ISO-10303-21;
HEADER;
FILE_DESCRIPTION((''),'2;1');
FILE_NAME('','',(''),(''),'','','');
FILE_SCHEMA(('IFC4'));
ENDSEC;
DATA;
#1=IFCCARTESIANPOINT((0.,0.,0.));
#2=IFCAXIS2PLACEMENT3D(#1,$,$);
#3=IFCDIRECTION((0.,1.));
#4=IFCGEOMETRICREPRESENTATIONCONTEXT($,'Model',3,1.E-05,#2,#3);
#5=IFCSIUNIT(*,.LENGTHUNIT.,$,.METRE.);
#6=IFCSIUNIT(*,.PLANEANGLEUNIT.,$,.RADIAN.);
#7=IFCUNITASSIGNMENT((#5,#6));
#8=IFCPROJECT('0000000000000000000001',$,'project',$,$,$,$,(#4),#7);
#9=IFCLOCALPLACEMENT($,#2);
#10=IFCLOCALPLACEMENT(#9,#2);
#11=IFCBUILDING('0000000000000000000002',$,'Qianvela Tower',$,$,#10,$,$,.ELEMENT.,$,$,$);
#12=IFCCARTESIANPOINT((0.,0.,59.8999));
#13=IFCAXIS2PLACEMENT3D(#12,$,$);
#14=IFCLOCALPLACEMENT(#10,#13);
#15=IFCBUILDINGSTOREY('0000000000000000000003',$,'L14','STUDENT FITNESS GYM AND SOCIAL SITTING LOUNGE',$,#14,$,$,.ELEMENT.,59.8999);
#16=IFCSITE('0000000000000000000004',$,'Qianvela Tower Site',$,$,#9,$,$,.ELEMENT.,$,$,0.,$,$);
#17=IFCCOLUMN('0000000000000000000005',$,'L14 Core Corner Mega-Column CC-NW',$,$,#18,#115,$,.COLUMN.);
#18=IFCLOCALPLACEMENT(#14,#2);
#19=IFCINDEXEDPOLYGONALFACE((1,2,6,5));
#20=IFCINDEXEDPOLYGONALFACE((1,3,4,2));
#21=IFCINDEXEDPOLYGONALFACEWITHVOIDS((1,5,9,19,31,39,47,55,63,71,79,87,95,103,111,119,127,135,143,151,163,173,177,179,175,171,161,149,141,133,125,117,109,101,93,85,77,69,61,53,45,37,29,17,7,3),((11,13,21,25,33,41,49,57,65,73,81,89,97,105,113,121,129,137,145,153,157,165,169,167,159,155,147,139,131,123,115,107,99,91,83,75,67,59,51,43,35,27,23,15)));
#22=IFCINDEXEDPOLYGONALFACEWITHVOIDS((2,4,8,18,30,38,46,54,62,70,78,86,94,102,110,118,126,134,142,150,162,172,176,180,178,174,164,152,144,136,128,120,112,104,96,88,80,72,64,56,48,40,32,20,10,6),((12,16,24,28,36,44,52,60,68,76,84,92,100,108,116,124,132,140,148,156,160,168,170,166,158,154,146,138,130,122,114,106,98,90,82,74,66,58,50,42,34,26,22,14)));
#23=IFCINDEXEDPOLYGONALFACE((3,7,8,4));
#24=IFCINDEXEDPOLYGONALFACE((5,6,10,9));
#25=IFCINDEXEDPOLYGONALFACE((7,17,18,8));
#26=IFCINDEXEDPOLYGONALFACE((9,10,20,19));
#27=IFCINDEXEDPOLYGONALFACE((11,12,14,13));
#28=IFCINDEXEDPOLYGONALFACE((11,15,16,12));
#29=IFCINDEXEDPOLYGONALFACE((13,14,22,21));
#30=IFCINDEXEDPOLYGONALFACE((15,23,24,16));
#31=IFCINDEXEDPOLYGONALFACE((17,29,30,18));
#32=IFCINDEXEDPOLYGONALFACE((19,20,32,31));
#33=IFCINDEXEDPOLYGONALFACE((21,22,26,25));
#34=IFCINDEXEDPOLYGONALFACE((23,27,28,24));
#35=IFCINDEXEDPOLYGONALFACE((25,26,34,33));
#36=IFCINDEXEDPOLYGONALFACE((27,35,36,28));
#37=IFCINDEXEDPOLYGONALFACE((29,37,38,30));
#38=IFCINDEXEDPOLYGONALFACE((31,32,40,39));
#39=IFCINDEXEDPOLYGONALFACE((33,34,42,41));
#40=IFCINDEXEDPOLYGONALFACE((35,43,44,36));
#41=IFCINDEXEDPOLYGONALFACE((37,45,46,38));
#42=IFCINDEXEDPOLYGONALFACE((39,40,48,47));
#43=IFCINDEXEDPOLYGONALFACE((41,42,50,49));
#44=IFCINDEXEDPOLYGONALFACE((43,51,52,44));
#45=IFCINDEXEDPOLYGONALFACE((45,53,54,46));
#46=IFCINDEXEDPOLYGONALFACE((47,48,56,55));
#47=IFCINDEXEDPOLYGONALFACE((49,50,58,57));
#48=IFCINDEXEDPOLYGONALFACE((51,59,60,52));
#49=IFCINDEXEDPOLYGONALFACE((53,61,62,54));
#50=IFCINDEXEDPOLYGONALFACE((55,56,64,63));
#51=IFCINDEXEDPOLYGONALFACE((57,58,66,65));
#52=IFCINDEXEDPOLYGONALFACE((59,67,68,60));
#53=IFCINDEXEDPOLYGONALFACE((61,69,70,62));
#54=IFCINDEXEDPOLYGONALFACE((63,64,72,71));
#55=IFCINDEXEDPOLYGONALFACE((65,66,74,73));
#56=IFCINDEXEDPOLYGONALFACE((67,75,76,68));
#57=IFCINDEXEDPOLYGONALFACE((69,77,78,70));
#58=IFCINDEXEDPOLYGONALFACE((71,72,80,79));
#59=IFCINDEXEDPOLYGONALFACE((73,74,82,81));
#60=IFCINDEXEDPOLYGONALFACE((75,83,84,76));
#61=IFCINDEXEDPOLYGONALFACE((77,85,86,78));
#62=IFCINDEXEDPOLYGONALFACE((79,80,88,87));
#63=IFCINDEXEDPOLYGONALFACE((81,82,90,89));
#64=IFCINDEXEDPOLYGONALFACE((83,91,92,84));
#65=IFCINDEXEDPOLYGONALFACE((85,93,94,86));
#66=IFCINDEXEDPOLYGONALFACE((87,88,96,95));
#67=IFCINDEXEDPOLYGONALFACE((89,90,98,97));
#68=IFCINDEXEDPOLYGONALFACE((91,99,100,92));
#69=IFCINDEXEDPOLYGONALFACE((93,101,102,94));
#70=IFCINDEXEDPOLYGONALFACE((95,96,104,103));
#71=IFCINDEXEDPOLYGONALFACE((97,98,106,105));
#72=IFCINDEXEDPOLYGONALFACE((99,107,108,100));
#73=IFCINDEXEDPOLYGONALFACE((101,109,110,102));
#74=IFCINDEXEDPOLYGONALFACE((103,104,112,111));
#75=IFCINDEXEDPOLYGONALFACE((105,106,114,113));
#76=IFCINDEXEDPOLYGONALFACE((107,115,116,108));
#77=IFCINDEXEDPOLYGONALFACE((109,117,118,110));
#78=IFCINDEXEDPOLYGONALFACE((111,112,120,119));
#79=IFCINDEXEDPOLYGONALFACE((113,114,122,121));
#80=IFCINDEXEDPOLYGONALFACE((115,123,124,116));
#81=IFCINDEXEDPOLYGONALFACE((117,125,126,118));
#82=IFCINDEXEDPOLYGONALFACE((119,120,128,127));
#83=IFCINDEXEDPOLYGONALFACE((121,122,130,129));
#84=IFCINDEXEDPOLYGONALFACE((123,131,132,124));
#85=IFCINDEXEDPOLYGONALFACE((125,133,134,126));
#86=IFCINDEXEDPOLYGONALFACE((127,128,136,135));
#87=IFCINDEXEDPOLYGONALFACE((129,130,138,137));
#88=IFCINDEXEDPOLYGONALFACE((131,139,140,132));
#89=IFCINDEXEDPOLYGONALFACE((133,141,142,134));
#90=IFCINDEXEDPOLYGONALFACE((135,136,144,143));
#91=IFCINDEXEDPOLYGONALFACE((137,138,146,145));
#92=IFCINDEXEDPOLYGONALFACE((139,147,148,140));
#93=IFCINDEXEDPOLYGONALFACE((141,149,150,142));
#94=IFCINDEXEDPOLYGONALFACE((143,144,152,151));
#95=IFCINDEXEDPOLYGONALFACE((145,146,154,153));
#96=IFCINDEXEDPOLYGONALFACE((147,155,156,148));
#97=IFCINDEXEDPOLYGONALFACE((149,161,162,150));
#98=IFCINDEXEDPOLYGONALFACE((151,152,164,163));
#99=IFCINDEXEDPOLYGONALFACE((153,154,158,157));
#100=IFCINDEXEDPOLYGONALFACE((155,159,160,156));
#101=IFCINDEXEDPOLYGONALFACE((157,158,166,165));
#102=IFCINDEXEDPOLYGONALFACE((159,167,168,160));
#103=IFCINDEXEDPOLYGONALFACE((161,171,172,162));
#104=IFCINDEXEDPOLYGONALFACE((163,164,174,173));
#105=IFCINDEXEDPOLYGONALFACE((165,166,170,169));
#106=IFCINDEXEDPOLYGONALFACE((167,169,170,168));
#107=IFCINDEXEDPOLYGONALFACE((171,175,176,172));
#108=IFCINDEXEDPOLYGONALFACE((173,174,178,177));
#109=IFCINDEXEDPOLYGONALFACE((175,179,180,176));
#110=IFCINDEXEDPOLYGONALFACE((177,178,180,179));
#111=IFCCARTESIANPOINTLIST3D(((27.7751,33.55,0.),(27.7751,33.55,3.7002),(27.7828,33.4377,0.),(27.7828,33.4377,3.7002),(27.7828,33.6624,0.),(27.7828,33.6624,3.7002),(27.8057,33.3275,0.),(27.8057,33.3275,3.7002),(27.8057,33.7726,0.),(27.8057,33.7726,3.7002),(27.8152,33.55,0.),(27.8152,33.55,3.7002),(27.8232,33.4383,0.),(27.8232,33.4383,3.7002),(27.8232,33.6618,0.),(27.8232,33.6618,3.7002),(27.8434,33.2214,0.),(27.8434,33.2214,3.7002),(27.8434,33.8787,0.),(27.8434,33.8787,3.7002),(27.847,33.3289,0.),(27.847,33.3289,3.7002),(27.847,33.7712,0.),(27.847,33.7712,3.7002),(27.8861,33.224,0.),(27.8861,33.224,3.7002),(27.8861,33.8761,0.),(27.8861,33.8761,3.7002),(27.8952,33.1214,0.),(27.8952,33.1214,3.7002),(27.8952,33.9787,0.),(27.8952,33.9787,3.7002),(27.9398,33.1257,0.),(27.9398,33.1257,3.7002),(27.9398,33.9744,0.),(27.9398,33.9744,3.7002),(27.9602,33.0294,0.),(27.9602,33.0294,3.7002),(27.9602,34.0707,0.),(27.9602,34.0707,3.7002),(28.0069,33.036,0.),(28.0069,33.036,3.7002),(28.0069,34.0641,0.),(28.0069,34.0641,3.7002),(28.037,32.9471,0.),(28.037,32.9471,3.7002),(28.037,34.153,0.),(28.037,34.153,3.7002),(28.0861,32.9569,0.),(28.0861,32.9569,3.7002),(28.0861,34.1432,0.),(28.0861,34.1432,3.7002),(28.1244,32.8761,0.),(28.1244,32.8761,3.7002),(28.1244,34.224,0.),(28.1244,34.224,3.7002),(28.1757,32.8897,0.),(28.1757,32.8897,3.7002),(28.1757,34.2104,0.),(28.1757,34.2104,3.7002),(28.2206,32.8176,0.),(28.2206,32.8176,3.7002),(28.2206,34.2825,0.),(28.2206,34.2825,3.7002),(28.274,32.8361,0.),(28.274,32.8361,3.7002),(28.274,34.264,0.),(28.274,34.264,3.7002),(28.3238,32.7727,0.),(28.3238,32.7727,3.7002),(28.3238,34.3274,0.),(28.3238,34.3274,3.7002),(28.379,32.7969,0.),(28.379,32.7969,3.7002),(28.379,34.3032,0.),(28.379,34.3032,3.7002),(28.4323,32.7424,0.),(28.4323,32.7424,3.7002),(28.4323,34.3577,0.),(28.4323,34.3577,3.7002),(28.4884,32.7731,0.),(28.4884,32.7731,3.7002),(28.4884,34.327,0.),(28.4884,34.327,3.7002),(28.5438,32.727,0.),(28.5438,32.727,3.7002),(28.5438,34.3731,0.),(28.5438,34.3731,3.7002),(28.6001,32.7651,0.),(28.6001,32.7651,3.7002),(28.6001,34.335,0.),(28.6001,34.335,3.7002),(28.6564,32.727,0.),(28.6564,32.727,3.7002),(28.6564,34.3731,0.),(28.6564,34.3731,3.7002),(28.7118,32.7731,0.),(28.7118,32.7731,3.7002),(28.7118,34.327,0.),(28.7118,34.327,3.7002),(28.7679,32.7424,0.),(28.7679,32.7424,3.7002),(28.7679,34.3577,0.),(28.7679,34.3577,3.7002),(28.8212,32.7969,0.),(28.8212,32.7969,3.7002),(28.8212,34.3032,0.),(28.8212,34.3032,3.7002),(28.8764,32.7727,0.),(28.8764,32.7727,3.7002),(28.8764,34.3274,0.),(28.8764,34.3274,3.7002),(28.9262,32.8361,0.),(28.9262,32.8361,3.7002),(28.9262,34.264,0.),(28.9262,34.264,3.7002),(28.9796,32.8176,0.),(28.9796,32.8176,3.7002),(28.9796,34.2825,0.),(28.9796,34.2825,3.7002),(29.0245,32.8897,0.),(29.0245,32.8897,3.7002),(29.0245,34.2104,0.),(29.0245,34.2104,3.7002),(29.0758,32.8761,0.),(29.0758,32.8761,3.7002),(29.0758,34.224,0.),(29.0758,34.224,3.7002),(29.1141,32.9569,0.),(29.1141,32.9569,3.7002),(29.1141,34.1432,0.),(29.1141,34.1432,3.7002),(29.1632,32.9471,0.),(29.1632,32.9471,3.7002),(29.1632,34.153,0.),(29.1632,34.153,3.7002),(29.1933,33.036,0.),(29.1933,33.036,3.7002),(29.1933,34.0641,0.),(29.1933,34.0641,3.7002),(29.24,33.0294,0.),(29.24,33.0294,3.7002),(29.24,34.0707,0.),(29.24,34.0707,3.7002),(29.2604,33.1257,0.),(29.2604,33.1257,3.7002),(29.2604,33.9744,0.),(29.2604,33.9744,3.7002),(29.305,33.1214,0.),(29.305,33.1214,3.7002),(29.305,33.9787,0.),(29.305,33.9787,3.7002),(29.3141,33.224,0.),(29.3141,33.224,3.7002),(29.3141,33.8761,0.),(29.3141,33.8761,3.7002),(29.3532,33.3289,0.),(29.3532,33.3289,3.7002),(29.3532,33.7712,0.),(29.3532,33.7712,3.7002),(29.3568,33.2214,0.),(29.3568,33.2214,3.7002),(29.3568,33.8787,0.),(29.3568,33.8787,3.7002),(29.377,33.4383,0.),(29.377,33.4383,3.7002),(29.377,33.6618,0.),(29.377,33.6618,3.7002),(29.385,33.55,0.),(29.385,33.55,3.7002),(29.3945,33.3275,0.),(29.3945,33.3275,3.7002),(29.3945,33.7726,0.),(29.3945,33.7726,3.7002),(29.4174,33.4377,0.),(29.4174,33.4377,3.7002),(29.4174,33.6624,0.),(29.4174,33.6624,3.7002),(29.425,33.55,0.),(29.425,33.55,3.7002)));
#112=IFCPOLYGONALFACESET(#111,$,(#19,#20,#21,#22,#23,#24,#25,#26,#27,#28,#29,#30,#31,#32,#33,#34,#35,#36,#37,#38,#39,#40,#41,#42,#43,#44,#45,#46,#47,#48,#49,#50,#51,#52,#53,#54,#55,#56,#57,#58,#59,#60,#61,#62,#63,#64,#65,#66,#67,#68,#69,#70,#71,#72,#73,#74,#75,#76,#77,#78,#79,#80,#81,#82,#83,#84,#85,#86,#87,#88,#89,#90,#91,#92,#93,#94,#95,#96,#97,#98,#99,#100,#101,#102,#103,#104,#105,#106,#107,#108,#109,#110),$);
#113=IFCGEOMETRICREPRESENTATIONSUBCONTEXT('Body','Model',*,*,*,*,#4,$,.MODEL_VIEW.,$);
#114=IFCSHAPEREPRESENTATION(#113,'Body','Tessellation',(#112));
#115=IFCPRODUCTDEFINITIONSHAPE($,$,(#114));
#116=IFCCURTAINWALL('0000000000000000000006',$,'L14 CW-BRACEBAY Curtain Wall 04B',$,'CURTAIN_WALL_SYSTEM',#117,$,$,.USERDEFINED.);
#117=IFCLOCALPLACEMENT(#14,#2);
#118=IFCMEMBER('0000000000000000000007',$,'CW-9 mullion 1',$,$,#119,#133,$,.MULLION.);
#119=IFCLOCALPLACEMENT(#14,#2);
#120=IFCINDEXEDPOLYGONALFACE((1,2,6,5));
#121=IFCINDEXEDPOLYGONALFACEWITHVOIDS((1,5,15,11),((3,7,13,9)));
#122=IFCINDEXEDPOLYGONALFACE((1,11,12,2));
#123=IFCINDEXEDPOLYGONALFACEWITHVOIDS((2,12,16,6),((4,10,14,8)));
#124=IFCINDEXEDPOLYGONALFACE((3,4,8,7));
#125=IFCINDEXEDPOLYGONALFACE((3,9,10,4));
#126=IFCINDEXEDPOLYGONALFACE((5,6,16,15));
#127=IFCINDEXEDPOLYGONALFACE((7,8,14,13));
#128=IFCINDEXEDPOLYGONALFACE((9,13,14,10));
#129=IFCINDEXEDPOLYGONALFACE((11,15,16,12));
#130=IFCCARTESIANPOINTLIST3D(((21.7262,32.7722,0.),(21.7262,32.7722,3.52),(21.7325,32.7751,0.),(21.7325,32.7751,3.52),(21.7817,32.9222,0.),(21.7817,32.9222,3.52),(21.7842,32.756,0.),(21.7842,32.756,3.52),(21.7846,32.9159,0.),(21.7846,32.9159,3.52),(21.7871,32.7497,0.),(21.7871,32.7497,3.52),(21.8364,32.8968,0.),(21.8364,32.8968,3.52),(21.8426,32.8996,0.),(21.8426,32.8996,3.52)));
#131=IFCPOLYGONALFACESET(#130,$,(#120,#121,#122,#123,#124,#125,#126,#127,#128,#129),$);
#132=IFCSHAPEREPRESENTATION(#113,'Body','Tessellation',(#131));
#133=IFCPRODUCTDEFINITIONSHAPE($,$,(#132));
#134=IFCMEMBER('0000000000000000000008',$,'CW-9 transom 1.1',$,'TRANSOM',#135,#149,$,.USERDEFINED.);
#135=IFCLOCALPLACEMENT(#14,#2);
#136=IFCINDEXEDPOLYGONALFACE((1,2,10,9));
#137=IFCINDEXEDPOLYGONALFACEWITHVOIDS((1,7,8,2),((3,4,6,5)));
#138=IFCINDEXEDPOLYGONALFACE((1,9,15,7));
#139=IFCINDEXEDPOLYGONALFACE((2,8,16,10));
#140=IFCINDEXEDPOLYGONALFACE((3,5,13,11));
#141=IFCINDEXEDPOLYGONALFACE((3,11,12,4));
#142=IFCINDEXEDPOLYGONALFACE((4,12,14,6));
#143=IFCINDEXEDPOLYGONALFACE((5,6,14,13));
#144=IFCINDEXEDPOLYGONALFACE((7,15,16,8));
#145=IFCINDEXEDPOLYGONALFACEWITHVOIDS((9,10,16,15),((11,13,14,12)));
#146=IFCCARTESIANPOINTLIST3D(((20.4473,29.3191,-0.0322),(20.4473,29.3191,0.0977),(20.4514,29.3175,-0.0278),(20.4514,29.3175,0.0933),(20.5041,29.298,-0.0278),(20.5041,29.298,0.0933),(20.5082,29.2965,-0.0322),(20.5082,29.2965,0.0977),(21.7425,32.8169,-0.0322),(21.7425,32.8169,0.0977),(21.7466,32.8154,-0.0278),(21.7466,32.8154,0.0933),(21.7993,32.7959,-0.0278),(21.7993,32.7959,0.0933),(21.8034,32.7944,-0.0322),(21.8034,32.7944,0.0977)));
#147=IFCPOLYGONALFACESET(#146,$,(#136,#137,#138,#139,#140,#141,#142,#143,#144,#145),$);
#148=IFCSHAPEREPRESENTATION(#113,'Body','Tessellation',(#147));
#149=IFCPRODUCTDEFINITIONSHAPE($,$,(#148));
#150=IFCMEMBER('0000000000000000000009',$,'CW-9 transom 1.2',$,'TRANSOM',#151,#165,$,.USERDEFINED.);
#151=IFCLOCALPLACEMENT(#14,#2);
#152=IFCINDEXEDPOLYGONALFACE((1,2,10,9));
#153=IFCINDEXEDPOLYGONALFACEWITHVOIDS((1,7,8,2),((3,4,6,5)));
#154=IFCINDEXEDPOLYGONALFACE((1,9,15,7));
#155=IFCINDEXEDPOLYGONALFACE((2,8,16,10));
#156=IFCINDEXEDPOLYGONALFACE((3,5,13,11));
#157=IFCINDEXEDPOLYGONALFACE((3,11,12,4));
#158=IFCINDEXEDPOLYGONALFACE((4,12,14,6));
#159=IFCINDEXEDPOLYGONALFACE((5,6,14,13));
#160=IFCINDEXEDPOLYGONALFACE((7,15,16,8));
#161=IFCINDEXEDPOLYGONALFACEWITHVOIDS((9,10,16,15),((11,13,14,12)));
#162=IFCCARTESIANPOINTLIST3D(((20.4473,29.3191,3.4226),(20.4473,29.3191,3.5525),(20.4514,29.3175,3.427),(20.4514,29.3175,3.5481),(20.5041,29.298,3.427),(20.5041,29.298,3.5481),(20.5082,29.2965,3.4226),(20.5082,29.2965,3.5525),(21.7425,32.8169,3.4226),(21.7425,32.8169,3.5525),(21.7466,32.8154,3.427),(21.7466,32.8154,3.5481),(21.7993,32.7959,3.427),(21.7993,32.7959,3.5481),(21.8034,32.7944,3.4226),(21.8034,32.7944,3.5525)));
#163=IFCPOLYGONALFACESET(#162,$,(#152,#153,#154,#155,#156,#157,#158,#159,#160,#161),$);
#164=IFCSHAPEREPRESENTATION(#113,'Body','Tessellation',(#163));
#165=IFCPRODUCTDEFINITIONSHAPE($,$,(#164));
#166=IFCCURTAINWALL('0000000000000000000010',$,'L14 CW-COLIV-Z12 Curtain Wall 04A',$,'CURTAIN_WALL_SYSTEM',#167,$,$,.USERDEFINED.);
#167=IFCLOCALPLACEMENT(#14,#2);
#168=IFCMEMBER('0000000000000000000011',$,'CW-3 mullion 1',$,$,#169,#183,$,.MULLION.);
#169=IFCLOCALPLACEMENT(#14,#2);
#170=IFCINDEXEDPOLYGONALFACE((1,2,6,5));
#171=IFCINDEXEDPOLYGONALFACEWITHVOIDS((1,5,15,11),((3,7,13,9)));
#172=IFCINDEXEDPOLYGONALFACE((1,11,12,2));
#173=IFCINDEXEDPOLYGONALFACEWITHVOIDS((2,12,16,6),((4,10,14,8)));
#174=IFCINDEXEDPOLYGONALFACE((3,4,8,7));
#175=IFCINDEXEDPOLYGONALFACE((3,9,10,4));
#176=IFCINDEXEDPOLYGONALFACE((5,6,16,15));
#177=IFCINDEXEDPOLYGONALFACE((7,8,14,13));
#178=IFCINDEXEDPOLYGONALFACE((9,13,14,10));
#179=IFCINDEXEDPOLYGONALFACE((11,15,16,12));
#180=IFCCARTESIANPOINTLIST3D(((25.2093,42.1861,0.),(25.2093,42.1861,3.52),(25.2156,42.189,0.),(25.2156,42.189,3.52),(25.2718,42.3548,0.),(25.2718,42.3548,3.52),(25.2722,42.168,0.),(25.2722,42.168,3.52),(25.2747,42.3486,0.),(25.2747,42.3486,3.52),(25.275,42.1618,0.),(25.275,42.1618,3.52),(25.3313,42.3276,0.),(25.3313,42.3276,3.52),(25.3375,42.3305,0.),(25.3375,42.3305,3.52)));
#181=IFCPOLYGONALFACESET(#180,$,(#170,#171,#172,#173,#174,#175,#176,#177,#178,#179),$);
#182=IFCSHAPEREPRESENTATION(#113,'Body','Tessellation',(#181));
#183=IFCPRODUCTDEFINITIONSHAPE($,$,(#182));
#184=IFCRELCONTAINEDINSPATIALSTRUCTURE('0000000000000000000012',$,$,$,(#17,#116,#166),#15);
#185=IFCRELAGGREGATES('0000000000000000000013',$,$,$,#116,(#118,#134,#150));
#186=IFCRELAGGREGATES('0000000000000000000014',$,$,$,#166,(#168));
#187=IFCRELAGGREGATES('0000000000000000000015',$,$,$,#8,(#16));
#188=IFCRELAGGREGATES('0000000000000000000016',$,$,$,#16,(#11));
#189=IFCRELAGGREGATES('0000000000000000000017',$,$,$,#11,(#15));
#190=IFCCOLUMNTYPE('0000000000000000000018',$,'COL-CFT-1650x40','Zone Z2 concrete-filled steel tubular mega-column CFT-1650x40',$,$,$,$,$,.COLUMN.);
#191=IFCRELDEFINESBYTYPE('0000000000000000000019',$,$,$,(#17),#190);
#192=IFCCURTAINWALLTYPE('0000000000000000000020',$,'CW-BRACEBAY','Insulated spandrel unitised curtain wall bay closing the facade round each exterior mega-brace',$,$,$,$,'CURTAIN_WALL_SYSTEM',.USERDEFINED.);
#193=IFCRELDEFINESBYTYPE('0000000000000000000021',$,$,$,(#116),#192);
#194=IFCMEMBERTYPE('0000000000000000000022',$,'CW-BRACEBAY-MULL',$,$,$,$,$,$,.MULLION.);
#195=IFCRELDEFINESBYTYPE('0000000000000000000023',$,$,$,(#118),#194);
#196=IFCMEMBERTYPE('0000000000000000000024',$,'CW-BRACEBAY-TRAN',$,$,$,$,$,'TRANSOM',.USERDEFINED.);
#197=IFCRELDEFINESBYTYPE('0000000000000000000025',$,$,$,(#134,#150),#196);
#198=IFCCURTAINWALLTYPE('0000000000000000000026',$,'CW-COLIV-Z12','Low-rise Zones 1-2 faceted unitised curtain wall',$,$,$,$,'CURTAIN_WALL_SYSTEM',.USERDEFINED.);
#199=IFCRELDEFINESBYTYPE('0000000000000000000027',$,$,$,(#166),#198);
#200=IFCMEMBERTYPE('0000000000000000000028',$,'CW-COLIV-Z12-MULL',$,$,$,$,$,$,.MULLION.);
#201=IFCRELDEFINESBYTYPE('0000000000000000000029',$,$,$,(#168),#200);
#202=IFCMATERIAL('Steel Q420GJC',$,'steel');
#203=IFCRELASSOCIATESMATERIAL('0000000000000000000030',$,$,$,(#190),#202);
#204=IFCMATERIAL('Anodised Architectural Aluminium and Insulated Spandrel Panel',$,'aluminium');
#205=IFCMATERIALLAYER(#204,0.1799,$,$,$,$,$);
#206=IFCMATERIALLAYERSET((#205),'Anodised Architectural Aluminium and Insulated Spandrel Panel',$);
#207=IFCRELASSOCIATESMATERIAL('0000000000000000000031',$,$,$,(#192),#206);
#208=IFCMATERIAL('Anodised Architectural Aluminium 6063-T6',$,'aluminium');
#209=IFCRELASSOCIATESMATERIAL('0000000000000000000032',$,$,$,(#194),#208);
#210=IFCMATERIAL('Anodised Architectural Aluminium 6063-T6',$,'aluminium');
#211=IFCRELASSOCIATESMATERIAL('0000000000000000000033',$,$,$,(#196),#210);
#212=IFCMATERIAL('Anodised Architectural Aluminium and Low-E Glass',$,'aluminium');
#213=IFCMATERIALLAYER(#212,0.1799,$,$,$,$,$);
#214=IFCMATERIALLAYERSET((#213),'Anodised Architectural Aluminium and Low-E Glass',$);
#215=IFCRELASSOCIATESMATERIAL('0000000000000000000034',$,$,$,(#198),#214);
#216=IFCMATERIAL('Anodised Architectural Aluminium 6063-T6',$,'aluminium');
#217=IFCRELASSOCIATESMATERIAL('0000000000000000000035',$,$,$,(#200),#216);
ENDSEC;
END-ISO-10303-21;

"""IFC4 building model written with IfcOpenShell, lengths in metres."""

from ifc_helpers import new_model, si_unit, direction, frame, origin, origin_2d, place, context, subcontext, project, spatial, hollow_rectangle, hollow_circle, extrude, material, layer, layer_set, material_profile, profile_set, type_object, element, aggregate, save


model = new_model("IFC4")

# Units and contexts
model_context = context("Model", 3, precision=1e-05, world=origin(), true_north=direction((0.0, 1.0)))
body_context = subcontext(model_context, "Body", "Model", "MODEL_VIEW")
ifc_project = project(units=[si_unit("LENGTHUNIT", "METRE"), si_unit("PLANEANGLEUNIT", "RADIAN")], contexts=[model_context])

# Site, building, storey
site_placement = place(None, origin())
site = spatial("IfcSite", under=ifc_project, at=site_placement, Name="Qianvela Tower Site", CompositionType="ELEMENT", RefElevation=0.0)
building_placement = place(site_placement, origin())
building = spatial("IfcBuilding", under=site, at=building_placement, Name="Qianvela Tower", CompositionType="ELEMENT")
storey_placement = place(building_placement, frame((0.0, 0.0, 59.8999)))
storey = spatial("IfcBuildingStorey", under=building, at=storey_placement, Name="L14", Description="STUDENT FITNESS GYM AND SOCIAL SITTING LOUNGE", CompositionType="ELEMENT", Elevation=59.8999)

# Column
ifc_material_1 = material(Name="Steel Q420GJC", Category="steel")
ifc_material_profile_1 = material_profile(ifc_material_1, hollow_circle(Radius=0.825, WallThickness=0.04, at=origin_2d()), Name="CFT-1650x40")
ifc_profile_set_1 = profile_set([ifc_material_profile_1], Name="Steel Q420GJC")
column_type = type_object("IfcColumnType", Name="COL-CFT-1650x40", Description="Zone Z2 concrete-filled steel tubular mega-column CFT-1650x40", PredefinedType="COLUMN", material=ifc_profile_set_1)
column_placement = place(storey_placement, frame((28.6001, 33.55, 0.0), z_axis=(0.0, 0.0, 1.0), x_axis=(1.0, 0.0, 0.0)))
element("IfcColumn", 1, at=column_placement, inside=storey, type_object=column_type, Name="L14 Core Corner Mega-Column CC-NW", PredefinedType="COLUMN", context=body_context, shape_type="SweptSolid", body=[
    extrude(hollow_circle(Radius=0.825, WallThickness=0.04, at=origin_2d()), origin(), (0.0, 0.0, 1.0), 3.7002),
])

# Curtain walls, members
ifc_material_2 = material(Name="Anodised Architectural Aluminium and Insulated Spandrel Panel", Category="aluminium")
ifc_layer_1 = layer(ifc_material_2, 0.1799)
ifc_layer_set_1 = layer_set([ifc_layer_1], Name="Anodised Architectural Aluminium and Insulated Spandrel Panel")
curtain_wall_type_1 = type_object("IfcCurtainWallType", Name="CW-BRACEBAY", Description="Insulated spandrel unitised curtain wall bay closing the facade round each exterior mega-brace", ElementType="CURTAIN_WALL_SYSTEM", PredefinedType="USERDEFINED", material=ifc_layer_set_1)
curtain_wall_1_placement = place(storey_placement, origin())
curtain_wall_1 = element("IfcCurtainWall", 2, at=curtain_wall_1_placement, inside=storey, type_object=curtain_wall_type_1, Name="L14 CW-BRACEBAY Curtain Wall 04B", ObjectType="CURTAIN_WALL_SYSTEM", PredefinedType="USERDEFINED")
ifc_material_3 = material(Name="Anodised Architectural Aluminium 6063-T6", Category="aluminium")
ifc_material_profile_2 = material_profile(ifc_material_3, hollow_rectangle(XDim=0.0649, YDim=0.1599, WallThickness=0.0049, at=origin_2d()), Name="ALU-MULL-65x160")
ifc_profile_set_2 = profile_set([ifc_material_profile_2], Name="Anodised Architectural Aluminium 6063-T6")
member_type_1 = type_object("IfcMemberType", Name="CW-BRACEBAY-MULL", PredefinedType="MULLION", material=ifc_profile_set_2)
member_1_placement = place(storey_placement, frame((21.7844, 32.8359, 0.0), z_axis=(0.0, 0.0, 1.0), x_axis=(0.937768, -0.347262, 0.0)))
member_1 = element("IfcMember", 3, at=member_1_placement, type_object=member_type_1, Name="CW-9 mullion 1", PredefinedType="MULLION", context=body_context, shape_type="SweptSolid", body=[
    extrude(hollow_rectangle(XDim=0.0649, YDim=0.1599, WallThickness=0.0049, at=origin_2d()), origin(), (0.0, 0.0, 1.0), 3.52),
])
ifc_material_4 = material(Name="Anodised Architectural Aluminium 6063-T6", Category="aluminium")
ifc_material_profile_3 = material_profile(ifc_material_4, hollow_rectangle(XDim=0.0649, YDim=0.1299, WallThickness=0.0044, at=origin_2d()), Name="ALU-TRAN-65x130")
ifc_profile_set_3 = profile_set([ifc_material_profile_3], Name="Anodised Architectural Aluminium 6063-T6")
member_type_2 = type_object("IfcMemberType", Name="CW-BRACEBAY-TRAN", ElementType="TRANSOM", PredefinedType="USERDEFINED", material=ifc_profile_set_3)
member_2_placement = place(storey_placement, frame((21.7729, 32.8057, 0.0327), z_axis=(-0.34724, -0.937776, 0.0), x_axis=(0.937776, -0.34724, 0.0)))
member_2 = element("IfcMember", 4, at=member_2_placement, type_object=member_type_2, Name="CW-9 transom 1.1", ObjectType="TRANSOM", PredefinedType="USERDEFINED", context=body_context, shape_type="SweptSolid", body=[
    extrude(hollow_rectangle(XDim=0.0649, YDim=0.1299, WallThickness=0.0044, at=origin_2d()), origin(), (0.0, 0.0, 1.0), 3.73),
])
member_3_placement = place(storey_placement, frame((21.7729, 32.8057, 3.4875), z_axis=(-0.34724, -0.937776, 0.0), x_axis=(0.937776, -0.34724, 0.0)))
member_3 = element("IfcMember", 5, at=member_3_placement, type_object=member_type_2, Name="CW-9 transom 1.2", ObjectType="TRANSOM", PredefinedType="USERDEFINED", context=body_context, shape_type="SweptSolid", body=[
    extrude(hollow_rectangle(XDim=0.0649, YDim=0.1299, WallThickness=0.0044, at=origin_2d()), origin(), (0.0, 0.0, 1.0), 3.73),
])
aggregate(curtain_wall_1, [member_1, member_2, member_3])
ifc_material_5 = material(Name="Anodised Architectural Aluminium and Low-E Glass", Category="aluminium")
ifc_layer_2 = layer(ifc_material_5, 0.1799)
ifc_layer_set_2 = layer_set([ifc_layer_2], Name="Anodised Architectural Aluminium and Low-E Glass")
curtain_wall_type_2 = type_object("IfcCurtainWallType", Name="CW-COLIV-Z12", Description="Low-rise Zones 1-2 faceted unitised curtain wall", ElementType="CURTAIN_WALL_SYSTEM", PredefinedType="USERDEFINED", material=ifc_layer_set_2)
curtain_wall_2_placement = place(storey_placement, origin())
curtain_wall_2 = element("IfcCurtainWall", 6, at=curtain_wall_2_placement, inside=storey, type_object=curtain_wall_type_2, Name="L14 CW-COLIV-Z12 Curtain Wall 04A", ObjectType="CURTAIN_WALL_SYSTEM", PredefinedType="USERDEFINED")
ifc_material_6 = material(Name="Anodised Architectural Aluminium 6063-T6", Category="aluminium")
ifc_material_profile_4 = material_profile(ifc_material_6, hollow_rectangle(XDim=0.0701, YDim=0.1799, WallThickness=0.0049, at=origin_2d()), Name="ALU-MULL-70x180")
ifc_profile_set_4 = profile_set([ifc_material_profile_4], Name="Anodised Architectural Aluminium 6063-T6")
member_type_3 = type_object("IfcMemberType", Name="CW-COLIV-Z12-MULL", PredefinedType="MULLION", material=ifc_profile_set_4)
member_4_placement = place(storey_placement, frame((25.2734, 42.2583, 0.0), z_axis=(0.0, 0.0, 1.0), x_axis=(0.937768, -0.347263, 0.0)))
member_4 = element("IfcMember", 7, at=member_4_placement, type_object=member_type_3, Name="CW-3 mullion 1", PredefinedType="MULLION", context=body_context, shape_type="SweptSolid", body=[
    extrude(hollow_rectangle(XDim=0.0701, YDim=0.1799, WallThickness=0.0049, at=origin_2d()), origin(), (0.0, 0.0, 1.0), 3.52),
])

aggregate(curtain_wall_2, [member_4])

save(model, "model.ifc")
